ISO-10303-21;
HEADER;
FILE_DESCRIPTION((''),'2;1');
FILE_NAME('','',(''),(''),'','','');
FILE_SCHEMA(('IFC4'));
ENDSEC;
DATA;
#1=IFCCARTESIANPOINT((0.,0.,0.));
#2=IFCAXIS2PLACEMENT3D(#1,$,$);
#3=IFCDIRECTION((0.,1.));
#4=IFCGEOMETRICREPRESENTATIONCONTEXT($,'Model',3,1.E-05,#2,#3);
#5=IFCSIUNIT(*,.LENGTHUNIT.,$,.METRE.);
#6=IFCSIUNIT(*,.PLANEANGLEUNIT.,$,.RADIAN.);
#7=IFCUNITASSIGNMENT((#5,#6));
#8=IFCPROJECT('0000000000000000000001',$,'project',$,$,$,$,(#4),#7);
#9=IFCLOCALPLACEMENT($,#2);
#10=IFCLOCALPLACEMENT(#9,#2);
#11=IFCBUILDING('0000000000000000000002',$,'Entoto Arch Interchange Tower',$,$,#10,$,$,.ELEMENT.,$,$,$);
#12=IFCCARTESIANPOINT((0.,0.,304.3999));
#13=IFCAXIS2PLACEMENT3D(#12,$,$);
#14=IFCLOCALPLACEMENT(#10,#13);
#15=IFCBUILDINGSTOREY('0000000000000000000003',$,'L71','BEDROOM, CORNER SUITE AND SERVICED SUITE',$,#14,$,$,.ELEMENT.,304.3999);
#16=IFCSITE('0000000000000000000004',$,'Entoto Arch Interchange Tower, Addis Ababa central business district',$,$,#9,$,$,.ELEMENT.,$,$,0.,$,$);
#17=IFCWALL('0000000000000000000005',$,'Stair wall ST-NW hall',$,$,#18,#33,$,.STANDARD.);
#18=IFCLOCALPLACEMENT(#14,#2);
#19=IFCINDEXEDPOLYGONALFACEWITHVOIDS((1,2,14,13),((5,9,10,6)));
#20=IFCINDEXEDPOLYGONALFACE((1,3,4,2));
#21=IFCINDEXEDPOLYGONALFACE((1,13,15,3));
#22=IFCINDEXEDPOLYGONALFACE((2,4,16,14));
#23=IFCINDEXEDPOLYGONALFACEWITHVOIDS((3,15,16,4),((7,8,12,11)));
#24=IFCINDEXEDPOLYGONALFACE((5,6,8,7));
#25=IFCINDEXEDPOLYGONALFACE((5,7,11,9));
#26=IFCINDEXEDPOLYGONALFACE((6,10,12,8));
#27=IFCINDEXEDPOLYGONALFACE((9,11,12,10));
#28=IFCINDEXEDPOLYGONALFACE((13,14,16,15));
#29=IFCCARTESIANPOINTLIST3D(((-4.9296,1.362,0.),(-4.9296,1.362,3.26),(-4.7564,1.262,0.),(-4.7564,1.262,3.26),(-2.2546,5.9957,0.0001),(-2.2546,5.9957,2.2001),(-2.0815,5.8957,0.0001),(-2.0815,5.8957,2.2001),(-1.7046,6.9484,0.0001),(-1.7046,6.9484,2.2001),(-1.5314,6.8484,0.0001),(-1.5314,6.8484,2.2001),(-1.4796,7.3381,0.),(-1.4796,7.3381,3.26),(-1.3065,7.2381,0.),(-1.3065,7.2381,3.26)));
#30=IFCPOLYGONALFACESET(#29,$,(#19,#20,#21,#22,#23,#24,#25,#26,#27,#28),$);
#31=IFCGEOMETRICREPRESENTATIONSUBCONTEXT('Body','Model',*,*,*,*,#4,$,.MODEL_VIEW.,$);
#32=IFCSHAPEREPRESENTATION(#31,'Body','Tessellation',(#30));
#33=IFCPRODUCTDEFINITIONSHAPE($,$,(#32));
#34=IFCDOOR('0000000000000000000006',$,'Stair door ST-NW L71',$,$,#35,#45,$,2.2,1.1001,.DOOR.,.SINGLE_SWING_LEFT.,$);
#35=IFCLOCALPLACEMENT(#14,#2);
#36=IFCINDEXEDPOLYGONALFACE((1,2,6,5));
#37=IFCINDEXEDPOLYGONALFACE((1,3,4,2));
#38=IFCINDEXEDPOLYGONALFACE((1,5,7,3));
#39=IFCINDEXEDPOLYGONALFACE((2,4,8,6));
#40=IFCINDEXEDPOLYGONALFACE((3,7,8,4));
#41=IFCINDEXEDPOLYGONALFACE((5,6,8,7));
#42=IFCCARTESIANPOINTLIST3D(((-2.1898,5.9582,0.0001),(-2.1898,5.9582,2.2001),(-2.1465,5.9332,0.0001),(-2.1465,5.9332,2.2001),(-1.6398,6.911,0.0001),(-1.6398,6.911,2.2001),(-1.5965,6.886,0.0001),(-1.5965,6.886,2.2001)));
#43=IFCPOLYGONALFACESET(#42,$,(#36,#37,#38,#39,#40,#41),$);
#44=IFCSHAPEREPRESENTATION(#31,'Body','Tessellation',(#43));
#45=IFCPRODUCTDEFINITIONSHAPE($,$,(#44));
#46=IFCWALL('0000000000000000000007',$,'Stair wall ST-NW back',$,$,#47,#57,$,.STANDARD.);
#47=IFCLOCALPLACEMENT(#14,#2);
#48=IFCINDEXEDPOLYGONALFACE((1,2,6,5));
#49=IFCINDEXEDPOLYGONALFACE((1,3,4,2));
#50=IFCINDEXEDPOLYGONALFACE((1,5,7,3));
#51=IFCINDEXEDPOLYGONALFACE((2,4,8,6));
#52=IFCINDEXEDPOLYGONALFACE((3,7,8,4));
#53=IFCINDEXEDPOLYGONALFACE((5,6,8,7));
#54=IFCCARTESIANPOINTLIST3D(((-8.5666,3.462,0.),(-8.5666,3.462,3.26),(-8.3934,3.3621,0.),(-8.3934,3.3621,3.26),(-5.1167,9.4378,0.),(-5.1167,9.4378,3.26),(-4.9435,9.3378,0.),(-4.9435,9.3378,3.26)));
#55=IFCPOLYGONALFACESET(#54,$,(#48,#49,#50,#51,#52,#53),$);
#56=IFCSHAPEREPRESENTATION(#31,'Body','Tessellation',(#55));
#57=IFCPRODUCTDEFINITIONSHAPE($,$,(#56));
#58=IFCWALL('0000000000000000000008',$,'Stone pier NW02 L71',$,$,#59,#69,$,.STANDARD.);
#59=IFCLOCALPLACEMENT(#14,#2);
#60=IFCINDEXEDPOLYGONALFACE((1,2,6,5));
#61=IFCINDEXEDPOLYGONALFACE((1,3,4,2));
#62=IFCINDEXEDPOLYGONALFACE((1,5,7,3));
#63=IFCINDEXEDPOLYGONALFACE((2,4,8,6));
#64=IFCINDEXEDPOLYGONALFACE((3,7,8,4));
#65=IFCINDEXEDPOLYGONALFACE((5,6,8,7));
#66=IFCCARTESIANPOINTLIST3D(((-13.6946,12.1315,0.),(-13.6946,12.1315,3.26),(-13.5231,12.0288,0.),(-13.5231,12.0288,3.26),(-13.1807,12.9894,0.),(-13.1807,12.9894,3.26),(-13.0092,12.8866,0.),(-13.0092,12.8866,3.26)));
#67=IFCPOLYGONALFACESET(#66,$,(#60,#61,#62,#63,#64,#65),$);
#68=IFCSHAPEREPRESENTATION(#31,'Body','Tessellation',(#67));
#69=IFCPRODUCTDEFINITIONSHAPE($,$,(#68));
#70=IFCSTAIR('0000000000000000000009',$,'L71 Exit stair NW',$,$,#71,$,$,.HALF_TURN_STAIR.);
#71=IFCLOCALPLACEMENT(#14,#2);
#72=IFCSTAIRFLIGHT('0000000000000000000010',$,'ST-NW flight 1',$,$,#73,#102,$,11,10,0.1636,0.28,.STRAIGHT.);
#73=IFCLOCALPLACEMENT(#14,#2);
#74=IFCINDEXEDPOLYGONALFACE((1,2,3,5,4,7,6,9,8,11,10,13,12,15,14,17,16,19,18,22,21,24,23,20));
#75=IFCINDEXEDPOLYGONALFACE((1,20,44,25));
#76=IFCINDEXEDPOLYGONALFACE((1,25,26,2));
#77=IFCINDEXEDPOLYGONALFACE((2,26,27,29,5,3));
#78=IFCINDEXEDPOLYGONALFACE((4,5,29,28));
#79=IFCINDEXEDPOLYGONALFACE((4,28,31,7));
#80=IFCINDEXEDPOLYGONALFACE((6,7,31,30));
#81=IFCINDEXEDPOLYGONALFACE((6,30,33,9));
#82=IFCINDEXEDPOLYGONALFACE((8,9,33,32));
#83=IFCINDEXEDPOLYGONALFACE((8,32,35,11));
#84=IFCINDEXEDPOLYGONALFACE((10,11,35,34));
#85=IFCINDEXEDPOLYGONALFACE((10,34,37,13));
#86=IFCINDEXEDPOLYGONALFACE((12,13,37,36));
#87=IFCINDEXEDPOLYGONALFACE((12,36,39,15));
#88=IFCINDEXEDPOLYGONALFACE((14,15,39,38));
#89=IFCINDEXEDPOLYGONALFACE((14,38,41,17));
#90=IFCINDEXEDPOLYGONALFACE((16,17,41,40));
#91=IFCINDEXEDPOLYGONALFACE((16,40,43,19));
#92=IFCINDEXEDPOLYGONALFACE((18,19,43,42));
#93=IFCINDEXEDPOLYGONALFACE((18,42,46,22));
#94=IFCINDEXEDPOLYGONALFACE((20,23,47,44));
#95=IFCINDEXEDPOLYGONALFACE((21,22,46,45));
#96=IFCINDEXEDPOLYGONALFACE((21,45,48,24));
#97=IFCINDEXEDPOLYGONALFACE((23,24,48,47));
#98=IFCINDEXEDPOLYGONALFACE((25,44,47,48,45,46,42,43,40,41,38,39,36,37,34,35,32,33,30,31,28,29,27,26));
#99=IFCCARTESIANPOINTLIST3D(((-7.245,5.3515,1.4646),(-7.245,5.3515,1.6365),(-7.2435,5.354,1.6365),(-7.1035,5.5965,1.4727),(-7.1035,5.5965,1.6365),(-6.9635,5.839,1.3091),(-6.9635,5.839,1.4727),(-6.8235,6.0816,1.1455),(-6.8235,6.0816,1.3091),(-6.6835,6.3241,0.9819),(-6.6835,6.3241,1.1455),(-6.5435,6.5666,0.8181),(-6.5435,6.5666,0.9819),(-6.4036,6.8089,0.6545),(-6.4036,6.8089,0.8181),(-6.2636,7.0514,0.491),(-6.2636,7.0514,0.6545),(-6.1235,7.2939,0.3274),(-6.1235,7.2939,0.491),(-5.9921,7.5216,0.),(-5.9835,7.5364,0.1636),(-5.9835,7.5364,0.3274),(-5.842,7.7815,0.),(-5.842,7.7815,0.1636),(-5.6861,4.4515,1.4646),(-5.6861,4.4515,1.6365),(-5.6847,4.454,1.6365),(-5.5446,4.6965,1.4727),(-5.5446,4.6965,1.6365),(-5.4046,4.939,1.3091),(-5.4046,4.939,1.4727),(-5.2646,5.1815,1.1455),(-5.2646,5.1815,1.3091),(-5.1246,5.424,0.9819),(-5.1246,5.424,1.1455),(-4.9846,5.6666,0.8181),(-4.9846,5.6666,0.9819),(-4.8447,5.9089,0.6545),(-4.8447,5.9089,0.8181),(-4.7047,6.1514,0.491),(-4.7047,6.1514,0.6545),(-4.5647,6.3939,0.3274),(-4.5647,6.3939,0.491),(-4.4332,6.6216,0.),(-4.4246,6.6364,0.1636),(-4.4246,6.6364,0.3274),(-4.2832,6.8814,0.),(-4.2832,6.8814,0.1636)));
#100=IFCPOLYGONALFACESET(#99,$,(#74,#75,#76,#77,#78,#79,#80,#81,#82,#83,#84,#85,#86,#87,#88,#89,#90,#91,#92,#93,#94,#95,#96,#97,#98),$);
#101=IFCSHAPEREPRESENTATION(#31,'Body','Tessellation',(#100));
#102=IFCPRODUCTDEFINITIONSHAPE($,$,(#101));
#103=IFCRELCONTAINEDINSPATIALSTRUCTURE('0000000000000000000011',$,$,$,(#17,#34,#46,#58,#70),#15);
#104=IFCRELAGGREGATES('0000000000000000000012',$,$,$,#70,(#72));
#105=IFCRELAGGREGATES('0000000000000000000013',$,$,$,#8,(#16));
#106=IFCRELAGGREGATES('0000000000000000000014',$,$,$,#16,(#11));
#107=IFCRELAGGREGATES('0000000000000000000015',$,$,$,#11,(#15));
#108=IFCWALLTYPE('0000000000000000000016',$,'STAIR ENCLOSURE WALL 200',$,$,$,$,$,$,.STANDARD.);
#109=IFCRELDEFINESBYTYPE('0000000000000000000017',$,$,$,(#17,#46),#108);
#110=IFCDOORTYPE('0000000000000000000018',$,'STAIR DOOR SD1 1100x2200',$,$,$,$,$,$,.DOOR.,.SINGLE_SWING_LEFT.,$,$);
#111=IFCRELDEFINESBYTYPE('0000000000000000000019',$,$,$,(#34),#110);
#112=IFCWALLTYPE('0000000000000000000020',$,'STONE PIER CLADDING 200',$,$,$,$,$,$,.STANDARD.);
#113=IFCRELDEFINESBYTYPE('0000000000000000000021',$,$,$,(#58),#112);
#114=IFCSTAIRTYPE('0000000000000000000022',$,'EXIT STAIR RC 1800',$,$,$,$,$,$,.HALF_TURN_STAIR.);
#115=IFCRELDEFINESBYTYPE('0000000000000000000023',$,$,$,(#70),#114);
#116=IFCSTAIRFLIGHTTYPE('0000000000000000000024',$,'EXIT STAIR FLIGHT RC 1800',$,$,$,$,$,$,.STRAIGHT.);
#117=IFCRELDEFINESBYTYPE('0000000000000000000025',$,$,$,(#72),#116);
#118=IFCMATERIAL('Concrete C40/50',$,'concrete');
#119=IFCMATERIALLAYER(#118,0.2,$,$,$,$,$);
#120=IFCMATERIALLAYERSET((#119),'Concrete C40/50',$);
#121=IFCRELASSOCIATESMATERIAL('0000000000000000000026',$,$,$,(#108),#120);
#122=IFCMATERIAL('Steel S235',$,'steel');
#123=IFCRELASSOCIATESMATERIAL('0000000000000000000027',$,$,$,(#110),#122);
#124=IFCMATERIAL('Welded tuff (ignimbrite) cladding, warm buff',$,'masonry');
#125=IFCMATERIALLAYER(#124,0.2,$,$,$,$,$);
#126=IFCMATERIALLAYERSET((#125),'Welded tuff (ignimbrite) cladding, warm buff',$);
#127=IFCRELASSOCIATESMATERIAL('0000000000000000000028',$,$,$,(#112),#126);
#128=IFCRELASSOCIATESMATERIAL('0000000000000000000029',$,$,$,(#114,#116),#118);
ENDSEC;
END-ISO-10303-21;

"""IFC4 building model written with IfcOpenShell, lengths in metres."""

from ifc_helpers import new_model, si_unit, direction, frame, frame_2d, origin, place, context, subcontext, project, spatial, polyline, rectangle, outline, extrude, material, layer, layer_set, type_object, element, fill, aggregate, save


model = new_model("IFC4")

# Units and contexts
model_context = context("Model", 3, precision=1e-05, world=origin(), true_north=direction((0.0, 1.0)))
body_context = subcontext(model_context, "Body", "Model", "MODEL_VIEW")
ifc_project = project(units=[si_unit("LENGTHUNIT", "METRE"), si_unit("PLANEANGLEUNIT", "RADIAN")], contexts=[model_context])

# Site, building, storey
site_placement = place(None, origin())
site = spatial("IfcSite", under=ifc_project, at=site_placement, Name="Entoto Arch Interchange Tower, Addis Ababa central business district", CompositionType="ELEMENT", RefElevation=0.0)
building_placement = place(site_placement, origin())
building = spatial("IfcBuilding", under=site, at=building_placement, Name="Entoto Arch Interchange Tower", CompositionType="ELEMENT")
storey_placement = place(building_placement, frame((0.0, 0.0, 304.3999)))
storey = spatial("IfcBuildingStorey", under=building, at=storey_placement, Name="L71", Description="BEDROOM, CORNER SUITE AND SERVICED SUITE", CompositionType="ELEMENT", Elevation=304.3999)

# Shared definitions
ifc_material_1 = material(Name="Concrete C40/50", Category="concrete")

# Wall, opening, door
ifc_layer_1 = layer(ifc_material_1, 0.2)
ifc_layer_set_1 = layer_set([ifc_layer_1], Name="Concrete C40/50")
wall_type_1 = type_object("IfcWallType", Name="STAIR ENCLOSURE WALL 200", PredefinedType="STANDARD", material=ifc_layer_set_1)
ifc_material_2 = material(Name="Steel S235", Category="steel")
door_type_1 = type_object("IfcDoorType", Name="STAIR DOOR SD1 1100x2200", OperationType="SINGLE_SWING_LEFT", PredefinedType="DOOR", material=ifc_material_2)
wall_1_placement = place(storey_placement, frame((-1.3931, 7.2881, 0.0), z_axis=(0.0, 0.0, 1.0), x_axis=(-0.499963, -0.866047, 0.0)))
wall_1 = element("IfcWall", 1, at=wall_1_placement, inside=storey, type_object=wall_type_1, Name="Stair wall ST-NW hall", PredefinedType="STANDARD", context=body_context, shape_type="SweptSolid", body=[
    extrude(rectangle(XDim=6.9004, YDim=0.2, at=frame_2d((3.4502, 0.0))), origin(), (0.0, 0.0, 1.0), 3.26),
])
opening_1_placement = place(wall_1_placement, frame((0.45, 0.0, 0.0)))
opening_1 = element("IfcOpeningElement", 2, at=opening_1_placement, cuts=wall_1, PredefinedType="OPENING", context=body_context, shape_type="SweptSolid", body=[
    extrude(rectangle(XDim=1.1001, YDim=2.2, at=frame_2d((0.55, 1.1001))), frame((0.0, 0.1099, 0.0), z_axis=(0.0, -1.0, 0.0), x_axis=(1.0, 0.0, 0.0)), (0.0, 0.0, 1.0), 0.22),
])
door_1_placement = place(opening_1_placement, origin())
door_1 = element("IfcDoor", 3, at=door_1_placement, inside=storey, type_object=door_type_1, Name="Stair door ST-NW L71", OperationType="SINGLE_SWING_LEFT", OverallHeight=2.2, OverallWidth=1.1001, PredefinedType="DOOR", context=body_context, shape_type="SweptSolid", body=[
    extrude(rectangle(XDim=1.1001, YDim=2.2, at=frame_2d((0.55, 1.1001))), frame((0.0, 0.0249, 0.0), z_axis=(0.0, -1.0, 0.0), x_axis=(1.0, 0.0, 0.0)), (0.0, 0.0, 1.0), 0.05),
])
fill(opening_1, door_1)

# Wall
wall_2_placement = place(storey_placement, frame((-5.03, 9.3879, 0.0), z_axis=(0.0, 0.0, 1.0), x_axis=(-0.499979, -0.866038, 0.0)))
element("IfcWall", 4, at=wall_2_placement, inside=storey, type_object=wall_type_1, Name="Stair wall ST-NW back", PredefinedType="STANDARD", context=body_context, shape_type="SweptSolid", body=[
    extrude(rectangle(XDim=6.9001, YDim=0.2, at=frame_2d((3.4502, 0.0))), origin(), (0.0, 0.0, 1.0), 3.26),
])

# Shared definitions
ifc_material_3 = material(Name="Welded tuff (ignimbrite) cladding, warm buff", Category="masonry")

# Wall
ifc_layer_2 = layer(ifc_material_3, 0.2)
ifc_layer_set_2 = layer_set([ifc_layer_2], Name="Welded tuff (ignimbrite) cladding, warm buff")
wall_type_2 = type_object("IfcWallType", Name="STONE PIER CLADDING 200", PredefinedType="STANDARD", material=ifc_layer_set_2)
wall_3_placement = place(storey_placement, frame((-13.095, 12.938, 0.0), z_axis=(0.0, 0.0, 1.0), x_axis=(-0.513885, -0.857859, 0.0)))
element("IfcWall", 5, at=wall_3_placement, inside=storey, type_object=wall_type_2, Name="Stone pier NW02 L71", PredefinedType="STANDARD", context=body_context, shape_type="SweptSolid", body=[
    extrude(rectangle(XDim=1.0, YDim=0.2, at=frame_2d((0.5, 0.0))), origin(), (0.0, 0.0, 1.0), 3.26),
])

# Stair, stair flight
stair_type = type_object("IfcStairType", Name="EXIT STAIR RC 1800", PredefinedType="HALF_TURN_STAIR", material=ifc_material_1)
stair_placement = place(storey_placement, origin())
stair = element("IfcStair", 6, at=stair_placement, inside=storey, type_object=stair_type, Name="L71 Exit stair NW", PredefinedType="HALF_TURN_STAIR")
stair_flight_type = type_object("IfcStairFlightType", Name="EXIT STAIR FLIGHT RC 1800", PredefinedType="STRAIGHT", material=ifc_material_1)
stair_flight_placement = place(storey_placement, frame((-5.064, 7.3289, 0.0), z_axis=(0.0, 0.0, 1.0), x_axis=(-0.5, -0.866025, 0.0)))
stair_flight = element("IfcStairFlight", 7, at=stair_flight_placement, type_object=stair_flight_type, Name="ST-NW flight 1", NumberOfRisers=11, NumberOfTreads=10, PredefinedType="STRAIGHT", RiserHeight=0.1636, TreadLength=0.28, context=body_context, shape_type="SweptSolid", body=[
    extrude(outline(polyline([(-0.0029, 0.0), (-0.0029, 0.1636), (0.28, 0.1636), (0.28, 0.3274), (0.5601, 0.3274), (0.5601, 0.491), (0.8401, 0.491), (0.8401, 0.6545), (1.1201, 0.6545), (1.1201, 0.8181), (1.3999, 0.8181), (1.3999, 0.9819), (1.6799, 0.9819), (1.6799, 1.1455), (1.96, 1.1455), (1.96, 1.3091), (2.24, 1.3091), (2.24, 1.4727), (2.52, 1.4727), (2.52, 1.6365), (2.8, 1.6365), (2.803, 1.6365), (2.803, 1.4646), (0.2971, 0.0), (-0.0029, 0.0)])), frame((0.0, 0.8999, 0.0), z_axis=(0.0, -1.0, 0.0), x_axis=(1.0, 0.0, 0.0)), (0.0, 0.0, 1.0), 1.8),
])
aggregate(stair, [stair_flight])

save(model, "model.ifc")
